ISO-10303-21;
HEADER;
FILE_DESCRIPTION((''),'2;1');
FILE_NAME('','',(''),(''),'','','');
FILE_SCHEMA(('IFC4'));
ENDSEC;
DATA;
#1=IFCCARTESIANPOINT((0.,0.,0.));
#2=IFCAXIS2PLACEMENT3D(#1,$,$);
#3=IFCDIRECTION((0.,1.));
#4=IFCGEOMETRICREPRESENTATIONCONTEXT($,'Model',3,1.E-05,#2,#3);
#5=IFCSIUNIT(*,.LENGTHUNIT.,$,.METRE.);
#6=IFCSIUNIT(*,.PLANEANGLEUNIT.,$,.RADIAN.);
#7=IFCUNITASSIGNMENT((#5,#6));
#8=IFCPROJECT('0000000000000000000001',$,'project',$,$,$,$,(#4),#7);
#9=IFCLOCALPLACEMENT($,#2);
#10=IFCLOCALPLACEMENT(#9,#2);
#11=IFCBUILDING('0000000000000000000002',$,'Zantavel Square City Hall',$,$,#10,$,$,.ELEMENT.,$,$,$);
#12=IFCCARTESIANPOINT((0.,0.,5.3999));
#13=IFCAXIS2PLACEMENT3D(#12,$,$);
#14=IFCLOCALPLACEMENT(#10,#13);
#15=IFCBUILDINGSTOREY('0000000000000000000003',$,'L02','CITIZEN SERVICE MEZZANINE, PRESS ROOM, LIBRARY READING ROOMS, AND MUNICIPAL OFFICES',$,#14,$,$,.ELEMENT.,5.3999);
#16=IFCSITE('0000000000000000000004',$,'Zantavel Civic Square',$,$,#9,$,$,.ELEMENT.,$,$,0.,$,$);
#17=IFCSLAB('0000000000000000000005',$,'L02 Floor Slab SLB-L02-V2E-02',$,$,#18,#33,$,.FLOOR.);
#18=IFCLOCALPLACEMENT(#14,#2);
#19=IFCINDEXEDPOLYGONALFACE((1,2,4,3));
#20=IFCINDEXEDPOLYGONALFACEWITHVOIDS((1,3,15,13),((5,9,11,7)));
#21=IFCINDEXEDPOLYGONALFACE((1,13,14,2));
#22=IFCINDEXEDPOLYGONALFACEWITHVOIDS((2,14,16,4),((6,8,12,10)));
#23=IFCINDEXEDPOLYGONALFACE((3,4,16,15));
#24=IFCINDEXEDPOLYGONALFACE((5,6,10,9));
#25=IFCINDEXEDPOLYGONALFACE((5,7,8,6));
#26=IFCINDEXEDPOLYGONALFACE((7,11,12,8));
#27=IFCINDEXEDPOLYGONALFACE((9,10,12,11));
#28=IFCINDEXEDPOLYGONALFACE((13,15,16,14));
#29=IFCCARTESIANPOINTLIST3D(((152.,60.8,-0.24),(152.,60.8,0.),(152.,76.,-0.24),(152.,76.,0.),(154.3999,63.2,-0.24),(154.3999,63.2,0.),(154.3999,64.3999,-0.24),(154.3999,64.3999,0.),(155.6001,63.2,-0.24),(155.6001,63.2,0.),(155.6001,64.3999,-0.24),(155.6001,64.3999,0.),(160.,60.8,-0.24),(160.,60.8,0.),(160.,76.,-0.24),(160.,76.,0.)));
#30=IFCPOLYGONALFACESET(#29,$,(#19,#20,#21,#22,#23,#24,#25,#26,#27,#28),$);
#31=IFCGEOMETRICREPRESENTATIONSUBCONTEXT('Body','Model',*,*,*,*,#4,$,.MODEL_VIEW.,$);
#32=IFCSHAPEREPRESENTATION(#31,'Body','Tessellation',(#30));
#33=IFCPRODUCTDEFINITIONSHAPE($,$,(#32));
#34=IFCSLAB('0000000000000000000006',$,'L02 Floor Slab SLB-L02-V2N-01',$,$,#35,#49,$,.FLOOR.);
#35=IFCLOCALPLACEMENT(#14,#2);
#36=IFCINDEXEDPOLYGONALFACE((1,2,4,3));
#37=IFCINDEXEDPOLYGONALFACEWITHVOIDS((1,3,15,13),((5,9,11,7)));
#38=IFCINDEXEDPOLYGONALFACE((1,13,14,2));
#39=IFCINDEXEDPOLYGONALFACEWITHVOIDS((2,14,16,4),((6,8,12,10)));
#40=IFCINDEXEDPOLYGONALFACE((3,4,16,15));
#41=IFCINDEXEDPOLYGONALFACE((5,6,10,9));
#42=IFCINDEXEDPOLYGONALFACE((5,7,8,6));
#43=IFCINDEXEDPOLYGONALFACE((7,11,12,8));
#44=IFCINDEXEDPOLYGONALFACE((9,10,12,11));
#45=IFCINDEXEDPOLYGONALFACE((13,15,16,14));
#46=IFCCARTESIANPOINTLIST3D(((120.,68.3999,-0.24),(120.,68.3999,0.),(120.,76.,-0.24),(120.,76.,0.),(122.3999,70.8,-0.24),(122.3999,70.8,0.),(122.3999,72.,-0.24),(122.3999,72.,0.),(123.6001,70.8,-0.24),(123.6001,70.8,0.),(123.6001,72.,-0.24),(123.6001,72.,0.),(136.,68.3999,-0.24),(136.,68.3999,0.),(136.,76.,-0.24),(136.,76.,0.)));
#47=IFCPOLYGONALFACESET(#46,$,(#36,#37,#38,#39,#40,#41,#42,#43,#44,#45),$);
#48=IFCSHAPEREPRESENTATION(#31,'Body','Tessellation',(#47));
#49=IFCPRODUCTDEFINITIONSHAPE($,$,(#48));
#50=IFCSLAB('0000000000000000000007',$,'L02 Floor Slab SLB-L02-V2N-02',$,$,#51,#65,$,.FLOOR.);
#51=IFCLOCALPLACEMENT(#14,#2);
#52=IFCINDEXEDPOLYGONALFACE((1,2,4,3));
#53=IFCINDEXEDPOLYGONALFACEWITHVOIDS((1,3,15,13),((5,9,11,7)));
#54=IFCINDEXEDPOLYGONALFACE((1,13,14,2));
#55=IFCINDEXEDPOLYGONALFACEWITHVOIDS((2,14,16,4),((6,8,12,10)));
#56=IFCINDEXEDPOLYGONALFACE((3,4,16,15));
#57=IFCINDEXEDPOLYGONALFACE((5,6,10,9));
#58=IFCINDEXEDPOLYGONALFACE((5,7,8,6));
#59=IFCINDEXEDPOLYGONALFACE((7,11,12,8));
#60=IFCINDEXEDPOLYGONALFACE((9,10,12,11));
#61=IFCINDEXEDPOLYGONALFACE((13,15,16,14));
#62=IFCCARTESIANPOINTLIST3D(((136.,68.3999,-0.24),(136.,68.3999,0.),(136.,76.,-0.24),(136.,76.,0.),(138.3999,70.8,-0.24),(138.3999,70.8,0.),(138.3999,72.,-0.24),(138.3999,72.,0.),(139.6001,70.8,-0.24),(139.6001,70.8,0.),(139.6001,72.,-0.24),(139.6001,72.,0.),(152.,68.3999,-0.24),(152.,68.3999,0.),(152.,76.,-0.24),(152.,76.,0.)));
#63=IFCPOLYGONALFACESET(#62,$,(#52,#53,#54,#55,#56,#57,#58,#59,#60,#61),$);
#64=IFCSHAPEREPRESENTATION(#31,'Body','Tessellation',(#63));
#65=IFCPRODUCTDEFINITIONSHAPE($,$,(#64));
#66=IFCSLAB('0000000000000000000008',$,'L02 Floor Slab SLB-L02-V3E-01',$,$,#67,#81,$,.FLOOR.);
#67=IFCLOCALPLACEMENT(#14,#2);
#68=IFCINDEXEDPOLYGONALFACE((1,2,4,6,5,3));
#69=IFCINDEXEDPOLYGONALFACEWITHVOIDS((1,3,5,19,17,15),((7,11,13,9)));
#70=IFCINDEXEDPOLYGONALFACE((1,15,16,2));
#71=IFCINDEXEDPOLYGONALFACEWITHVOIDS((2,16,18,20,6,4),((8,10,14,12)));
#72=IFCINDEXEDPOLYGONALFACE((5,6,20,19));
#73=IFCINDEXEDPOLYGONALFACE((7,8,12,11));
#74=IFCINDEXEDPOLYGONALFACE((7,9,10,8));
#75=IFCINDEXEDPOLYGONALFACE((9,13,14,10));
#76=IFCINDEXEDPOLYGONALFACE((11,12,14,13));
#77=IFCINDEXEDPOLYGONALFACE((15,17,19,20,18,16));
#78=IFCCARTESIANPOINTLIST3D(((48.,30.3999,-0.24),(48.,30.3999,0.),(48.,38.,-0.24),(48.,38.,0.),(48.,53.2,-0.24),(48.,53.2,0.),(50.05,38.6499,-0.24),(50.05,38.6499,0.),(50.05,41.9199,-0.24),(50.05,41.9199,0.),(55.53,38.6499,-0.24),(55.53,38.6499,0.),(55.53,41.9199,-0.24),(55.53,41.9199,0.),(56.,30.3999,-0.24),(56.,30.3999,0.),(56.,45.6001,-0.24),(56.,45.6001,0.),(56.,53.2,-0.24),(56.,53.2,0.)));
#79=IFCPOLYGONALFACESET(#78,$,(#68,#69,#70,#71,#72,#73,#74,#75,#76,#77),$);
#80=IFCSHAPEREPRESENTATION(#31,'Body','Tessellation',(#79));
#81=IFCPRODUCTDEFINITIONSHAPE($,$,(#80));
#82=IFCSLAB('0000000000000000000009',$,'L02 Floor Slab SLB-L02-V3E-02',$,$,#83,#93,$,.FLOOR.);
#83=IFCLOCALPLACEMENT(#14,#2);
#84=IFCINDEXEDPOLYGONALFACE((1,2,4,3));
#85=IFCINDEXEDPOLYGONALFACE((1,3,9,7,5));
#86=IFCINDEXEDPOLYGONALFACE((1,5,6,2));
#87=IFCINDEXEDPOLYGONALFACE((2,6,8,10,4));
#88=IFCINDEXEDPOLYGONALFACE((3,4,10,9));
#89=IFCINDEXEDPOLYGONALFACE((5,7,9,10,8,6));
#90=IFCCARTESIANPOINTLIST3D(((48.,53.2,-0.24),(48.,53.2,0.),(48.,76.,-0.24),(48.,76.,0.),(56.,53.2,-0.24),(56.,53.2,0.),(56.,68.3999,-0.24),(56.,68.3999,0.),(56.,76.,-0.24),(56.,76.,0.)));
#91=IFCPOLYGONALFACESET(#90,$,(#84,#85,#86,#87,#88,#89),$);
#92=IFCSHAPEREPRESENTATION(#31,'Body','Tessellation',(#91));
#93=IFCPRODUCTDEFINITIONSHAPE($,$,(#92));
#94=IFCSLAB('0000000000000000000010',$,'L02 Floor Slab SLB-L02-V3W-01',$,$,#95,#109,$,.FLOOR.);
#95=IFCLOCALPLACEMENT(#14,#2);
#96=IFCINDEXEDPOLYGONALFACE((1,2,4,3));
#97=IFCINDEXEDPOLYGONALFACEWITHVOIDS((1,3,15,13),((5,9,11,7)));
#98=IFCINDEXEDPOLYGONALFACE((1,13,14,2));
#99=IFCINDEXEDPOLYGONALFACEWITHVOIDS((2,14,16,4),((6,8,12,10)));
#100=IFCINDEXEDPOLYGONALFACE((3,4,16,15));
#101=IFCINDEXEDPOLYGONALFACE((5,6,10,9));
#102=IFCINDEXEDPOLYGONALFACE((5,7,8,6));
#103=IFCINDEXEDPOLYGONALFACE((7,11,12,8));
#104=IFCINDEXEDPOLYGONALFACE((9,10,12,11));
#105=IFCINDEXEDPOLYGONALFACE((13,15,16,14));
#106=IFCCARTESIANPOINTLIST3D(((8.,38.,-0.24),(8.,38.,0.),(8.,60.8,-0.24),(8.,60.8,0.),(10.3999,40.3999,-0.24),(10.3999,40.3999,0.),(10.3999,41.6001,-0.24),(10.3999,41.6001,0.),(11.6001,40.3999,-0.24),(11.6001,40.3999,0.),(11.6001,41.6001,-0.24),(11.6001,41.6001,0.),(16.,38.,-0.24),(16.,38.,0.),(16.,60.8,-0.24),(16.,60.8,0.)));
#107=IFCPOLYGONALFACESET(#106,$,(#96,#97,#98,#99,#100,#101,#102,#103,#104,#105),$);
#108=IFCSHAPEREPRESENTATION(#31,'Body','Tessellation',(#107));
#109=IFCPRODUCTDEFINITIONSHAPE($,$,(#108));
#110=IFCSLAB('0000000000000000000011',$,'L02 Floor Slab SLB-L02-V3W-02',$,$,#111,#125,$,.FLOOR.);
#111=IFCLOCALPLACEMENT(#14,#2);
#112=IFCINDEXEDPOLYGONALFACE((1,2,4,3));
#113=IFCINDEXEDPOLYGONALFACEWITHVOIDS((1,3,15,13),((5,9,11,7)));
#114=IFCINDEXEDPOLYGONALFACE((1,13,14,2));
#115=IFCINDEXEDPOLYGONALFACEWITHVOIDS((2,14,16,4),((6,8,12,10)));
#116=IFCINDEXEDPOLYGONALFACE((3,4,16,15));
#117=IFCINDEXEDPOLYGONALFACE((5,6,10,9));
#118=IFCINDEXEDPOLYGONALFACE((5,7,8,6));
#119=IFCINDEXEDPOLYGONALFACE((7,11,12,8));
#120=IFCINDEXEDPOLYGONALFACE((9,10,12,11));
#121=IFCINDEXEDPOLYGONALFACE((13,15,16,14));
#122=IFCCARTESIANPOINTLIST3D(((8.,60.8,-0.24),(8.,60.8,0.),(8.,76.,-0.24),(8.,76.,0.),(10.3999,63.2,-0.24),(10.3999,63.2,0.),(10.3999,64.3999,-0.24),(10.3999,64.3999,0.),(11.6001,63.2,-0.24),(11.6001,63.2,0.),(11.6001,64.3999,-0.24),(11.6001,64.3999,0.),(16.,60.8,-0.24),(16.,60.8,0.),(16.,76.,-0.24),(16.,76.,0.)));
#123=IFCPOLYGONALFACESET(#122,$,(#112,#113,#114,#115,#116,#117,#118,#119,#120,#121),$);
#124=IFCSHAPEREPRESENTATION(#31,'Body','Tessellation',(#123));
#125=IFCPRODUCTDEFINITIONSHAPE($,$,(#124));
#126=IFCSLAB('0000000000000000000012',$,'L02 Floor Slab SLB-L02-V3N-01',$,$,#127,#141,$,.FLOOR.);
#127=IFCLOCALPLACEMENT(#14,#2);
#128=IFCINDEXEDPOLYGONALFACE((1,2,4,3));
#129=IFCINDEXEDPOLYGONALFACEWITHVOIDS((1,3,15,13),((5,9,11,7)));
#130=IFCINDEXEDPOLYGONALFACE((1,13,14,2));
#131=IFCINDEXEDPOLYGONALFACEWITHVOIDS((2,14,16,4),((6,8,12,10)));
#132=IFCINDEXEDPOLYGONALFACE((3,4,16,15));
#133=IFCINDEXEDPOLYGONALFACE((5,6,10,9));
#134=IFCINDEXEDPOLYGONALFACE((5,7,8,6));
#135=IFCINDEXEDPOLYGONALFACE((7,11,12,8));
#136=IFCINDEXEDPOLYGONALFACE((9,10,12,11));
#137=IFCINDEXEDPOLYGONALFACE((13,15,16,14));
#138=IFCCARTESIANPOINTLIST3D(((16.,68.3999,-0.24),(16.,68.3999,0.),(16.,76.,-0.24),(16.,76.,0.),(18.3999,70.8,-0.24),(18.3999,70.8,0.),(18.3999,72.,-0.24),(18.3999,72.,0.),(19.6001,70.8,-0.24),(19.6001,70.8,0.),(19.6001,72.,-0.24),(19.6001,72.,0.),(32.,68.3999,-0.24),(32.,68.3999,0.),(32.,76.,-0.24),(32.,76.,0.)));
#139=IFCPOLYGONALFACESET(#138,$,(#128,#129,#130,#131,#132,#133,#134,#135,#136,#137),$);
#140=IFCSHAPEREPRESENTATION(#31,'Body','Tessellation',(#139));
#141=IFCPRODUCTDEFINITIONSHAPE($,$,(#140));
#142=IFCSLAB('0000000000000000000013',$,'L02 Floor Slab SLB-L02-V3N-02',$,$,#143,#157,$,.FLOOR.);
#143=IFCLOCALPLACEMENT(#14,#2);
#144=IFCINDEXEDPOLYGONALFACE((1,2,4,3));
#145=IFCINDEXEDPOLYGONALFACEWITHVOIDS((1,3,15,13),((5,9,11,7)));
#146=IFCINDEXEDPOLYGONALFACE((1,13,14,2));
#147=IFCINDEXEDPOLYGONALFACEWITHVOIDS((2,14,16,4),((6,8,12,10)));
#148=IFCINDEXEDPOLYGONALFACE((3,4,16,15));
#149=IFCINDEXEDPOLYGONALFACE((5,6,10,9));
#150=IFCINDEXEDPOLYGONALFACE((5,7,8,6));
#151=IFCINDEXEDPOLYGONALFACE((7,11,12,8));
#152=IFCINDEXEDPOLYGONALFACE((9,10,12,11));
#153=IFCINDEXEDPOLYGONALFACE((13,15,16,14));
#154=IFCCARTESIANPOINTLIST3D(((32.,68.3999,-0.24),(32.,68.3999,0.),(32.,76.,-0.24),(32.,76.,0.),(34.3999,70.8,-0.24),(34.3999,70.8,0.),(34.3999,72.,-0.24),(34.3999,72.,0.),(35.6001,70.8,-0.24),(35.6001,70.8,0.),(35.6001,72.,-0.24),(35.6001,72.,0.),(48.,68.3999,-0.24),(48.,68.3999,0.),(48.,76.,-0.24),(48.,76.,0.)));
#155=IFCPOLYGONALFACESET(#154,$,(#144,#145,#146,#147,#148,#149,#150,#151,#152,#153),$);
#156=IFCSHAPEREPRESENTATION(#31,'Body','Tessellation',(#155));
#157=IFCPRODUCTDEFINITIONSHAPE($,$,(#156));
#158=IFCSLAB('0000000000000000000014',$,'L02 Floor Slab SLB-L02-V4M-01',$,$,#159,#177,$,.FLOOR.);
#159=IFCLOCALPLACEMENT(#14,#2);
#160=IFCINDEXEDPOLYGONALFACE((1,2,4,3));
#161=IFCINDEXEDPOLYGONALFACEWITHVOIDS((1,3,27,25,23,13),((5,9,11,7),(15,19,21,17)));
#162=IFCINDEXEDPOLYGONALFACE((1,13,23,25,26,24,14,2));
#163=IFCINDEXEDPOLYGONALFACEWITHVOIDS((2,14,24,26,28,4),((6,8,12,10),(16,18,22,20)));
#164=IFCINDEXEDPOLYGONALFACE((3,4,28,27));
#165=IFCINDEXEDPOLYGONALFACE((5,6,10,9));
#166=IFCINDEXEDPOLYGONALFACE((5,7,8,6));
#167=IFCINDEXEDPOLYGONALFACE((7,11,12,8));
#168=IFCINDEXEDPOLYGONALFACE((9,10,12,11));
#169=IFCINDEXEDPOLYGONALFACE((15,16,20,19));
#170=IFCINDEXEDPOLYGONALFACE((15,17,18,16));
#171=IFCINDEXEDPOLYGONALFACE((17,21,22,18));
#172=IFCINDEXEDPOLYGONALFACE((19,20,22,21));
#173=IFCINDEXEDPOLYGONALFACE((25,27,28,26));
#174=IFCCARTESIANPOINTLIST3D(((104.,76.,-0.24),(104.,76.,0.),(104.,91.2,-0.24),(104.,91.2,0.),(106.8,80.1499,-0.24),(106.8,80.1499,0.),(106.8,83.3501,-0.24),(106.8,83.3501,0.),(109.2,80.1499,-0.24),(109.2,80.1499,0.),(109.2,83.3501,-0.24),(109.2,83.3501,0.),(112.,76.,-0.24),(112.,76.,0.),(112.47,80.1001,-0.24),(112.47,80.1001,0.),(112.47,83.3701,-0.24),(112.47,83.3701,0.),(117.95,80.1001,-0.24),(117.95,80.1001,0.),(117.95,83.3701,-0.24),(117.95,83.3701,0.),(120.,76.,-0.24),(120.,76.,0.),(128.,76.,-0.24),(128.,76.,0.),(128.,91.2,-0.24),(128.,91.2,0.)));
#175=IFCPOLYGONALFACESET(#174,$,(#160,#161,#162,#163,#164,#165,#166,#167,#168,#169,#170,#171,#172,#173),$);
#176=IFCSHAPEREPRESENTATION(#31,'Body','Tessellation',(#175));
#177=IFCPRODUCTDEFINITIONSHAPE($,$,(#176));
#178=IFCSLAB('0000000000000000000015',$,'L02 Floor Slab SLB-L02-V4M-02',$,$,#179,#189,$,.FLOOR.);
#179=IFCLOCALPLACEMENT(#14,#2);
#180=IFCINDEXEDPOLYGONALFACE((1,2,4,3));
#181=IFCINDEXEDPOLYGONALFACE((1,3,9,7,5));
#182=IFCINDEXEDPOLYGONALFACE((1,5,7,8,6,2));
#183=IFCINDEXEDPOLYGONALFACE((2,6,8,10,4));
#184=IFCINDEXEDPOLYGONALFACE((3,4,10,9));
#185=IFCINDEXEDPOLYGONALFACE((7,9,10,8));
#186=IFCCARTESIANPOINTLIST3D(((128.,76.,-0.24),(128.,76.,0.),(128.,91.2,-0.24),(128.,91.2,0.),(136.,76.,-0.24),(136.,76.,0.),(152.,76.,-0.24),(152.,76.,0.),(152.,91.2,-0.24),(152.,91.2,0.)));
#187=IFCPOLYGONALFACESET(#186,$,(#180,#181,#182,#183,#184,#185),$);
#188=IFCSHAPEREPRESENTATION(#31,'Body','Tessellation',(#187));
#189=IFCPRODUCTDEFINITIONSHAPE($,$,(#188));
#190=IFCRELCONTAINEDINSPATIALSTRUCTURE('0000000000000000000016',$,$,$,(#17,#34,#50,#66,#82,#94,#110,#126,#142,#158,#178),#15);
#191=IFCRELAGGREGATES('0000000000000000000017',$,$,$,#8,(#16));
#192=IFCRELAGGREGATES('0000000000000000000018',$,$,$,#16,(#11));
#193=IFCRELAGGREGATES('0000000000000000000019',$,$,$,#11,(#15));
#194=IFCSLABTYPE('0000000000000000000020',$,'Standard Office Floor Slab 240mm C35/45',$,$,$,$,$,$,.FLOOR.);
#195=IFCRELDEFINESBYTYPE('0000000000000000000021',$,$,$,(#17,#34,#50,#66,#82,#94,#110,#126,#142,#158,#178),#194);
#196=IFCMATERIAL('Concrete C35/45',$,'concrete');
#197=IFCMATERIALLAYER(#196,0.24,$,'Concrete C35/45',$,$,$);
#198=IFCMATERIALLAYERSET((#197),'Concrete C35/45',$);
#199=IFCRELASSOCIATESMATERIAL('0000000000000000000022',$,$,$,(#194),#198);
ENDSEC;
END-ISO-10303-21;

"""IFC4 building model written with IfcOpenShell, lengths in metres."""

from ifc_helpers import new_model, si_unit, direction, frame, origin, place, context, subcontext, project, spatial, polyline, outline, extrude, material, layer, layer_set, type_object, element, save


model = new_model("IFC4")

# Units and contexts
model_context = context("Model", 3, precision=1e-05, world=origin(), true_north=direction((0.0, 1.0)))
body_context = subcontext(model_context, "Body", "Model", "MODEL_VIEW")
ifc_project = project(units=[si_unit("LENGTHUNIT", "METRE"), si_unit("PLANEANGLEUNIT", "RADIAN")], contexts=[model_context])

# Site, building, storey
site_placement = place(None, origin())
site = spatial("IfcSite", under=ifc_project, at=site_placement, Name="Zantavel Civic Square", CompositionType="ELEMENT", RefElevation=0.0)
building_placement = place(site_placement, origin())
building = spatial("IfcBuilding", under=site, at=building_placement, Name="Zantavel Square City Hall", CompositionType="ELEMENT")
storey_placement = place(building_placement, frame((0.0, 0.0, 5.3999)))
storey = spatial("IfcBuildingStorey", under=building, at=storey_placement, Name="L02", Description="CITIZEN SERVICE MEZZANINE, PRESS ROOM, LIBRARY READING ROOMS, AND MUNICIPAL OFFICES", CompositionType="ELEMENT", Elevation=5.3999)

# Slabs
ifc_material = material(Name="Concrete C35/45", Category="concrete")
ifc_layer = layer(ifc_material, 0.24, Name="Concrete C35/45")
ifc_layer_set = layer_set([ifc_layer], Name="Concrete C35/45")
slab_type = type_object("IfcSlabType", Name="Standard Office Floor Slab 240mm C35/45", PredefinedType="FLOOR", material=ifc_layer_set)
slab_1_placement = place(storey_placement, frame((0.0, 0.0, -0.24)))
element("IfcSlab", 1, at=slab_1_placement, inside=storey, type_object=slab_type, Name="L02 Floor Slab SLB-L02-V2E-02", PredefinedType="FLOOR", context=body_context, shape_type="SweptSolid", body=[
    extrude(outline(polyline([(160.0, 76.0), (160.0, 60.8), (152.0, 60.8), (152.0, 76.0), (160.0, 76.0)]), holes=[polyline([(155.6001, 64.3999), (154.3999, 64.3999), (154.3999, 63.2), (155.6001, 63.2), (155.6001, 64.3999)])]), origin(), (0.0, 0.0, 1.0), 0.24),
])
slab_2_placement = place(storey_placement, frame((0.0, 0.0, -0.24)))
element("IfcSlab", 2, at=slab_2_placement, inside=storey, type_object=slab_type, Name="L02 Floor Slab SLB-L02-V2N-01", PredefinedType="FLOOR", context=body_context, shape_type="SweptSolid", body=[
    extrude(outline(polyline([(136.0, 68.3999), (120.0, 68.3999), (120.0, 76.0), (136.0, 76.0), (136.0, 68.3999)]), holes=[polyline([(123.6001, 72.0), (122.3999, 72.0), (122.3999, 70.8), (123.6001, 70.8), (123.6001, 72.0)])]), origin(), (0.0, 0.0, 1.0), 0.24),
])
slab_3_placement = place(storey_placement, frame((0.0, 0.0, -0.24)))
element("IfcSlab", 3, at=slab_3_placement, inside=storey, type_object=slab_type, Name="L02 Floor Slab SLB-L02-V2N-02", PredefinedType="FLOOR", context=body_context, shape_type="SweptSolid", body=[
    extrude(outline(polyline([(136.0, 68.3999), (136.0, 76.0), (152.0, 76.0), (152.0, 68.3999), (136.0, 68.3999)]), holes=[polyline([(139.6001, 72.0), (138.3999, 72.0), (138.3999, 70.8), (139.6001, 70.8), (139.6001, 72.0)])]), origin(), (0.0, 0.0, 1.0), 0.24),
])
slab_4_placement = place(storey_placement, frame((0.0, 0.0, -0.24)))
element("IfcSlab", 4, at=slab_4_placement, inside=storey, type_object=slab_type, Name="L02 Floor Slab SLB-L02-V3E-01", PredefinedType="FLOOR", context=body_context, shape_type="SweptSolid", body=[
    extrude(outline(polyline([(48.0, 30.3999), (48.0, 38.0), (48.0, 53.2), (56.0, 53.2), (56.0, 45.6001), (56.0, 30.3999), (48.0, 30.3999)]), holes=[polyline([(55.53, 41.9199), (50.05, 41.9199), (50.05, 38.6499), (55.53, 38.6499), (55.53, 41.9199)])]), origin(), (0.0, 0.0, 1.0), 0.24),
])
slab_5_placement = place(storey_placement, frame((0.0, 0.0, -0.24)))
element("IfcSlab", 5, at=slab_5_placement, inside=storey, type_object=slab_type, Name="L02 Floor Slab SLB-L02-V3E-02", PredefinedType="FLOOR", context=body_context, shape_type="SweptSolid", body=[
    extrude(outline(polyline([(56.0, 53.2), (48.0, 53.2), (48.0, 76.0), (56.0, 76.0), (56.0, 68.3999), (56.0, 53.2)])), origin(), (0.0, 0.0, 1.0), 0.24),
])
slab_6_placement = place(storey_placement, frame((0.0, 0.0, -0.24)))
element("IfcSlab", 6, at=slab_6_placement, inside=storey, type_object=slab_type, Name="L02 Floor Slab SLB-L02-V3W-01", PredefinedType="FLOOR", context=body_context, shape_type="SweptSolid", body=[
    extrude(outline(polyline([(16.0, 60.8), (16.0, 38.0), (8.0, 38.0), (8.0, 60.8), (16.0, 60.8)]), holes=[polyline([(11.6001, 41.6001), (10.3999, 41.6001), (10.3999, 40.3999), (11.6001, 40.3999), (11.6001, 41.6001)])]), origin(), (0.0, 0.0, 1.0), 0.24),
])
slab_7_placement = place(storey_placement, frame((0.0, 0.0, -0.24)))
element("IfcSlab", 7, at=slab_7_placement, inside=storey, type_object=slab_type, Name="L02 Floor Slab SLB-L02-V3W-02", PredefinedType="FLOOR", context=body_context, shape_type="SweptSolid", body=[
    extrude(outline(polyline([(16.0, 76.0), (16.0, 60.8), (8.0, 60.8), (8.0, 76.0), (16.0, 76.0)]), holes=[polyline([(11.6001, 64.3999), (10.3999, 64.3999), (10.3999, 63.2), (11.6001, 63.2), (11.6001, 64.3999)])]), origin(), (0.0, 0.0, 1.0), 0.24),
])
slab_8_placement = place(storey_placement, frame((0.0, 0.0, -0.24)))
element("IfcSlab", 8, at=slab_8_placement, inside=storey, type_object=slab_type, Name="L02 Floor Slab SLB-L02-V3N-01", PredefinedType="FLOOR", context=body_context, shape_type="SweptSolid", body=[
    extrude(outline(polyline([(32.0, 68.3999), (16.0, 68.3999), (16.0, 76.0), (32.0, 76.0), (32.0, 68.3999)]), holes=[polyline([(19.6001, 72.0), (18.3999, 72.0), (18.3999, 70.8), (19.6001, 70.8), (19.6001, 72.0)])]), origin(), (0.0, 0.0, 1.0), 0.24),
])
slab_9_placement = place(storey_placement, frame((0.0, 0.0, -0.24)))
element("IfcSlab", 9, at=slab_9_placement, inside=storey, type_object=slab_type, Name="L02 Floor Slab SLB-L02-V3N-02", PredefinedType="FLOOR", context=body_context, shape_type="SweptSolid", body=[
    extrude(outline(polyline([(32.0, 68.3999), (32.0, 76.0), (48.0, 76.0), (48.0, 68.3999), (32.0, 68.3999)]), holes=[polyline([(35.6001, 72.0), (34.3999, 72.0), (34.3999, 70.8), (35.6001, 70.8), (35.6001, 72.0)])]), origin(), (0.0, 0.0, 1.0), 0.24),
])
slab_10_placement = place(storey_placement, frame((0.0, 0.0, -0.24)))
element("IfcSlab", 10, at=slab_10_placement, inside=storey, type_object=slab_type, Name="L02 Floor Slab SLB-L02-V4M-01", PredefinedType="FLOOR", context=body_context, shape_type="SweptSolid", body=[
    extrude(outline(polyline([(128.0, 91.2), (128.0, 76.0), (120.0, 76.0), (112.0, 76.0), (104.0, 76.0), (104.0, 91.2), (128.0, 91.2)]), holes=[polyline([(112.47, 83.3701), (112.47, 80.1001), (117.95, 80.1001), (117.95, 83.3701), (112.47, 83.3701)]), polyline([(109.2, 83.3501), (106.8, 83.3501), (106.8, 80.1499), (109.2, 80.1499), (109.2, 83.3501)])]), origin(), (0.0, 0.0, 1.0), 0.24),
])
slab_11_placement = place(storey_placement, frame((0.0, 0.0, -0.24)))
element("IfcSlab", 11, at=slab_11_placement, inside=storey, type_object=slab_type, Name="L02 Floor Slab SLB-L02-V4M-02", PredefinedType="FLOOR", context=body_context, shape_type="SweptSolid", body=[
    extrude(outline(polyline([(152.0, 91.2), (152.0, 76.0), (136.0, 76.0), (128.0, 76.0), (128.0, 91.2), (152.0, 91.2)])), origin(), (0.0, 0.0, 1.0), 0.24),
])

save(model, "model.ifc")
